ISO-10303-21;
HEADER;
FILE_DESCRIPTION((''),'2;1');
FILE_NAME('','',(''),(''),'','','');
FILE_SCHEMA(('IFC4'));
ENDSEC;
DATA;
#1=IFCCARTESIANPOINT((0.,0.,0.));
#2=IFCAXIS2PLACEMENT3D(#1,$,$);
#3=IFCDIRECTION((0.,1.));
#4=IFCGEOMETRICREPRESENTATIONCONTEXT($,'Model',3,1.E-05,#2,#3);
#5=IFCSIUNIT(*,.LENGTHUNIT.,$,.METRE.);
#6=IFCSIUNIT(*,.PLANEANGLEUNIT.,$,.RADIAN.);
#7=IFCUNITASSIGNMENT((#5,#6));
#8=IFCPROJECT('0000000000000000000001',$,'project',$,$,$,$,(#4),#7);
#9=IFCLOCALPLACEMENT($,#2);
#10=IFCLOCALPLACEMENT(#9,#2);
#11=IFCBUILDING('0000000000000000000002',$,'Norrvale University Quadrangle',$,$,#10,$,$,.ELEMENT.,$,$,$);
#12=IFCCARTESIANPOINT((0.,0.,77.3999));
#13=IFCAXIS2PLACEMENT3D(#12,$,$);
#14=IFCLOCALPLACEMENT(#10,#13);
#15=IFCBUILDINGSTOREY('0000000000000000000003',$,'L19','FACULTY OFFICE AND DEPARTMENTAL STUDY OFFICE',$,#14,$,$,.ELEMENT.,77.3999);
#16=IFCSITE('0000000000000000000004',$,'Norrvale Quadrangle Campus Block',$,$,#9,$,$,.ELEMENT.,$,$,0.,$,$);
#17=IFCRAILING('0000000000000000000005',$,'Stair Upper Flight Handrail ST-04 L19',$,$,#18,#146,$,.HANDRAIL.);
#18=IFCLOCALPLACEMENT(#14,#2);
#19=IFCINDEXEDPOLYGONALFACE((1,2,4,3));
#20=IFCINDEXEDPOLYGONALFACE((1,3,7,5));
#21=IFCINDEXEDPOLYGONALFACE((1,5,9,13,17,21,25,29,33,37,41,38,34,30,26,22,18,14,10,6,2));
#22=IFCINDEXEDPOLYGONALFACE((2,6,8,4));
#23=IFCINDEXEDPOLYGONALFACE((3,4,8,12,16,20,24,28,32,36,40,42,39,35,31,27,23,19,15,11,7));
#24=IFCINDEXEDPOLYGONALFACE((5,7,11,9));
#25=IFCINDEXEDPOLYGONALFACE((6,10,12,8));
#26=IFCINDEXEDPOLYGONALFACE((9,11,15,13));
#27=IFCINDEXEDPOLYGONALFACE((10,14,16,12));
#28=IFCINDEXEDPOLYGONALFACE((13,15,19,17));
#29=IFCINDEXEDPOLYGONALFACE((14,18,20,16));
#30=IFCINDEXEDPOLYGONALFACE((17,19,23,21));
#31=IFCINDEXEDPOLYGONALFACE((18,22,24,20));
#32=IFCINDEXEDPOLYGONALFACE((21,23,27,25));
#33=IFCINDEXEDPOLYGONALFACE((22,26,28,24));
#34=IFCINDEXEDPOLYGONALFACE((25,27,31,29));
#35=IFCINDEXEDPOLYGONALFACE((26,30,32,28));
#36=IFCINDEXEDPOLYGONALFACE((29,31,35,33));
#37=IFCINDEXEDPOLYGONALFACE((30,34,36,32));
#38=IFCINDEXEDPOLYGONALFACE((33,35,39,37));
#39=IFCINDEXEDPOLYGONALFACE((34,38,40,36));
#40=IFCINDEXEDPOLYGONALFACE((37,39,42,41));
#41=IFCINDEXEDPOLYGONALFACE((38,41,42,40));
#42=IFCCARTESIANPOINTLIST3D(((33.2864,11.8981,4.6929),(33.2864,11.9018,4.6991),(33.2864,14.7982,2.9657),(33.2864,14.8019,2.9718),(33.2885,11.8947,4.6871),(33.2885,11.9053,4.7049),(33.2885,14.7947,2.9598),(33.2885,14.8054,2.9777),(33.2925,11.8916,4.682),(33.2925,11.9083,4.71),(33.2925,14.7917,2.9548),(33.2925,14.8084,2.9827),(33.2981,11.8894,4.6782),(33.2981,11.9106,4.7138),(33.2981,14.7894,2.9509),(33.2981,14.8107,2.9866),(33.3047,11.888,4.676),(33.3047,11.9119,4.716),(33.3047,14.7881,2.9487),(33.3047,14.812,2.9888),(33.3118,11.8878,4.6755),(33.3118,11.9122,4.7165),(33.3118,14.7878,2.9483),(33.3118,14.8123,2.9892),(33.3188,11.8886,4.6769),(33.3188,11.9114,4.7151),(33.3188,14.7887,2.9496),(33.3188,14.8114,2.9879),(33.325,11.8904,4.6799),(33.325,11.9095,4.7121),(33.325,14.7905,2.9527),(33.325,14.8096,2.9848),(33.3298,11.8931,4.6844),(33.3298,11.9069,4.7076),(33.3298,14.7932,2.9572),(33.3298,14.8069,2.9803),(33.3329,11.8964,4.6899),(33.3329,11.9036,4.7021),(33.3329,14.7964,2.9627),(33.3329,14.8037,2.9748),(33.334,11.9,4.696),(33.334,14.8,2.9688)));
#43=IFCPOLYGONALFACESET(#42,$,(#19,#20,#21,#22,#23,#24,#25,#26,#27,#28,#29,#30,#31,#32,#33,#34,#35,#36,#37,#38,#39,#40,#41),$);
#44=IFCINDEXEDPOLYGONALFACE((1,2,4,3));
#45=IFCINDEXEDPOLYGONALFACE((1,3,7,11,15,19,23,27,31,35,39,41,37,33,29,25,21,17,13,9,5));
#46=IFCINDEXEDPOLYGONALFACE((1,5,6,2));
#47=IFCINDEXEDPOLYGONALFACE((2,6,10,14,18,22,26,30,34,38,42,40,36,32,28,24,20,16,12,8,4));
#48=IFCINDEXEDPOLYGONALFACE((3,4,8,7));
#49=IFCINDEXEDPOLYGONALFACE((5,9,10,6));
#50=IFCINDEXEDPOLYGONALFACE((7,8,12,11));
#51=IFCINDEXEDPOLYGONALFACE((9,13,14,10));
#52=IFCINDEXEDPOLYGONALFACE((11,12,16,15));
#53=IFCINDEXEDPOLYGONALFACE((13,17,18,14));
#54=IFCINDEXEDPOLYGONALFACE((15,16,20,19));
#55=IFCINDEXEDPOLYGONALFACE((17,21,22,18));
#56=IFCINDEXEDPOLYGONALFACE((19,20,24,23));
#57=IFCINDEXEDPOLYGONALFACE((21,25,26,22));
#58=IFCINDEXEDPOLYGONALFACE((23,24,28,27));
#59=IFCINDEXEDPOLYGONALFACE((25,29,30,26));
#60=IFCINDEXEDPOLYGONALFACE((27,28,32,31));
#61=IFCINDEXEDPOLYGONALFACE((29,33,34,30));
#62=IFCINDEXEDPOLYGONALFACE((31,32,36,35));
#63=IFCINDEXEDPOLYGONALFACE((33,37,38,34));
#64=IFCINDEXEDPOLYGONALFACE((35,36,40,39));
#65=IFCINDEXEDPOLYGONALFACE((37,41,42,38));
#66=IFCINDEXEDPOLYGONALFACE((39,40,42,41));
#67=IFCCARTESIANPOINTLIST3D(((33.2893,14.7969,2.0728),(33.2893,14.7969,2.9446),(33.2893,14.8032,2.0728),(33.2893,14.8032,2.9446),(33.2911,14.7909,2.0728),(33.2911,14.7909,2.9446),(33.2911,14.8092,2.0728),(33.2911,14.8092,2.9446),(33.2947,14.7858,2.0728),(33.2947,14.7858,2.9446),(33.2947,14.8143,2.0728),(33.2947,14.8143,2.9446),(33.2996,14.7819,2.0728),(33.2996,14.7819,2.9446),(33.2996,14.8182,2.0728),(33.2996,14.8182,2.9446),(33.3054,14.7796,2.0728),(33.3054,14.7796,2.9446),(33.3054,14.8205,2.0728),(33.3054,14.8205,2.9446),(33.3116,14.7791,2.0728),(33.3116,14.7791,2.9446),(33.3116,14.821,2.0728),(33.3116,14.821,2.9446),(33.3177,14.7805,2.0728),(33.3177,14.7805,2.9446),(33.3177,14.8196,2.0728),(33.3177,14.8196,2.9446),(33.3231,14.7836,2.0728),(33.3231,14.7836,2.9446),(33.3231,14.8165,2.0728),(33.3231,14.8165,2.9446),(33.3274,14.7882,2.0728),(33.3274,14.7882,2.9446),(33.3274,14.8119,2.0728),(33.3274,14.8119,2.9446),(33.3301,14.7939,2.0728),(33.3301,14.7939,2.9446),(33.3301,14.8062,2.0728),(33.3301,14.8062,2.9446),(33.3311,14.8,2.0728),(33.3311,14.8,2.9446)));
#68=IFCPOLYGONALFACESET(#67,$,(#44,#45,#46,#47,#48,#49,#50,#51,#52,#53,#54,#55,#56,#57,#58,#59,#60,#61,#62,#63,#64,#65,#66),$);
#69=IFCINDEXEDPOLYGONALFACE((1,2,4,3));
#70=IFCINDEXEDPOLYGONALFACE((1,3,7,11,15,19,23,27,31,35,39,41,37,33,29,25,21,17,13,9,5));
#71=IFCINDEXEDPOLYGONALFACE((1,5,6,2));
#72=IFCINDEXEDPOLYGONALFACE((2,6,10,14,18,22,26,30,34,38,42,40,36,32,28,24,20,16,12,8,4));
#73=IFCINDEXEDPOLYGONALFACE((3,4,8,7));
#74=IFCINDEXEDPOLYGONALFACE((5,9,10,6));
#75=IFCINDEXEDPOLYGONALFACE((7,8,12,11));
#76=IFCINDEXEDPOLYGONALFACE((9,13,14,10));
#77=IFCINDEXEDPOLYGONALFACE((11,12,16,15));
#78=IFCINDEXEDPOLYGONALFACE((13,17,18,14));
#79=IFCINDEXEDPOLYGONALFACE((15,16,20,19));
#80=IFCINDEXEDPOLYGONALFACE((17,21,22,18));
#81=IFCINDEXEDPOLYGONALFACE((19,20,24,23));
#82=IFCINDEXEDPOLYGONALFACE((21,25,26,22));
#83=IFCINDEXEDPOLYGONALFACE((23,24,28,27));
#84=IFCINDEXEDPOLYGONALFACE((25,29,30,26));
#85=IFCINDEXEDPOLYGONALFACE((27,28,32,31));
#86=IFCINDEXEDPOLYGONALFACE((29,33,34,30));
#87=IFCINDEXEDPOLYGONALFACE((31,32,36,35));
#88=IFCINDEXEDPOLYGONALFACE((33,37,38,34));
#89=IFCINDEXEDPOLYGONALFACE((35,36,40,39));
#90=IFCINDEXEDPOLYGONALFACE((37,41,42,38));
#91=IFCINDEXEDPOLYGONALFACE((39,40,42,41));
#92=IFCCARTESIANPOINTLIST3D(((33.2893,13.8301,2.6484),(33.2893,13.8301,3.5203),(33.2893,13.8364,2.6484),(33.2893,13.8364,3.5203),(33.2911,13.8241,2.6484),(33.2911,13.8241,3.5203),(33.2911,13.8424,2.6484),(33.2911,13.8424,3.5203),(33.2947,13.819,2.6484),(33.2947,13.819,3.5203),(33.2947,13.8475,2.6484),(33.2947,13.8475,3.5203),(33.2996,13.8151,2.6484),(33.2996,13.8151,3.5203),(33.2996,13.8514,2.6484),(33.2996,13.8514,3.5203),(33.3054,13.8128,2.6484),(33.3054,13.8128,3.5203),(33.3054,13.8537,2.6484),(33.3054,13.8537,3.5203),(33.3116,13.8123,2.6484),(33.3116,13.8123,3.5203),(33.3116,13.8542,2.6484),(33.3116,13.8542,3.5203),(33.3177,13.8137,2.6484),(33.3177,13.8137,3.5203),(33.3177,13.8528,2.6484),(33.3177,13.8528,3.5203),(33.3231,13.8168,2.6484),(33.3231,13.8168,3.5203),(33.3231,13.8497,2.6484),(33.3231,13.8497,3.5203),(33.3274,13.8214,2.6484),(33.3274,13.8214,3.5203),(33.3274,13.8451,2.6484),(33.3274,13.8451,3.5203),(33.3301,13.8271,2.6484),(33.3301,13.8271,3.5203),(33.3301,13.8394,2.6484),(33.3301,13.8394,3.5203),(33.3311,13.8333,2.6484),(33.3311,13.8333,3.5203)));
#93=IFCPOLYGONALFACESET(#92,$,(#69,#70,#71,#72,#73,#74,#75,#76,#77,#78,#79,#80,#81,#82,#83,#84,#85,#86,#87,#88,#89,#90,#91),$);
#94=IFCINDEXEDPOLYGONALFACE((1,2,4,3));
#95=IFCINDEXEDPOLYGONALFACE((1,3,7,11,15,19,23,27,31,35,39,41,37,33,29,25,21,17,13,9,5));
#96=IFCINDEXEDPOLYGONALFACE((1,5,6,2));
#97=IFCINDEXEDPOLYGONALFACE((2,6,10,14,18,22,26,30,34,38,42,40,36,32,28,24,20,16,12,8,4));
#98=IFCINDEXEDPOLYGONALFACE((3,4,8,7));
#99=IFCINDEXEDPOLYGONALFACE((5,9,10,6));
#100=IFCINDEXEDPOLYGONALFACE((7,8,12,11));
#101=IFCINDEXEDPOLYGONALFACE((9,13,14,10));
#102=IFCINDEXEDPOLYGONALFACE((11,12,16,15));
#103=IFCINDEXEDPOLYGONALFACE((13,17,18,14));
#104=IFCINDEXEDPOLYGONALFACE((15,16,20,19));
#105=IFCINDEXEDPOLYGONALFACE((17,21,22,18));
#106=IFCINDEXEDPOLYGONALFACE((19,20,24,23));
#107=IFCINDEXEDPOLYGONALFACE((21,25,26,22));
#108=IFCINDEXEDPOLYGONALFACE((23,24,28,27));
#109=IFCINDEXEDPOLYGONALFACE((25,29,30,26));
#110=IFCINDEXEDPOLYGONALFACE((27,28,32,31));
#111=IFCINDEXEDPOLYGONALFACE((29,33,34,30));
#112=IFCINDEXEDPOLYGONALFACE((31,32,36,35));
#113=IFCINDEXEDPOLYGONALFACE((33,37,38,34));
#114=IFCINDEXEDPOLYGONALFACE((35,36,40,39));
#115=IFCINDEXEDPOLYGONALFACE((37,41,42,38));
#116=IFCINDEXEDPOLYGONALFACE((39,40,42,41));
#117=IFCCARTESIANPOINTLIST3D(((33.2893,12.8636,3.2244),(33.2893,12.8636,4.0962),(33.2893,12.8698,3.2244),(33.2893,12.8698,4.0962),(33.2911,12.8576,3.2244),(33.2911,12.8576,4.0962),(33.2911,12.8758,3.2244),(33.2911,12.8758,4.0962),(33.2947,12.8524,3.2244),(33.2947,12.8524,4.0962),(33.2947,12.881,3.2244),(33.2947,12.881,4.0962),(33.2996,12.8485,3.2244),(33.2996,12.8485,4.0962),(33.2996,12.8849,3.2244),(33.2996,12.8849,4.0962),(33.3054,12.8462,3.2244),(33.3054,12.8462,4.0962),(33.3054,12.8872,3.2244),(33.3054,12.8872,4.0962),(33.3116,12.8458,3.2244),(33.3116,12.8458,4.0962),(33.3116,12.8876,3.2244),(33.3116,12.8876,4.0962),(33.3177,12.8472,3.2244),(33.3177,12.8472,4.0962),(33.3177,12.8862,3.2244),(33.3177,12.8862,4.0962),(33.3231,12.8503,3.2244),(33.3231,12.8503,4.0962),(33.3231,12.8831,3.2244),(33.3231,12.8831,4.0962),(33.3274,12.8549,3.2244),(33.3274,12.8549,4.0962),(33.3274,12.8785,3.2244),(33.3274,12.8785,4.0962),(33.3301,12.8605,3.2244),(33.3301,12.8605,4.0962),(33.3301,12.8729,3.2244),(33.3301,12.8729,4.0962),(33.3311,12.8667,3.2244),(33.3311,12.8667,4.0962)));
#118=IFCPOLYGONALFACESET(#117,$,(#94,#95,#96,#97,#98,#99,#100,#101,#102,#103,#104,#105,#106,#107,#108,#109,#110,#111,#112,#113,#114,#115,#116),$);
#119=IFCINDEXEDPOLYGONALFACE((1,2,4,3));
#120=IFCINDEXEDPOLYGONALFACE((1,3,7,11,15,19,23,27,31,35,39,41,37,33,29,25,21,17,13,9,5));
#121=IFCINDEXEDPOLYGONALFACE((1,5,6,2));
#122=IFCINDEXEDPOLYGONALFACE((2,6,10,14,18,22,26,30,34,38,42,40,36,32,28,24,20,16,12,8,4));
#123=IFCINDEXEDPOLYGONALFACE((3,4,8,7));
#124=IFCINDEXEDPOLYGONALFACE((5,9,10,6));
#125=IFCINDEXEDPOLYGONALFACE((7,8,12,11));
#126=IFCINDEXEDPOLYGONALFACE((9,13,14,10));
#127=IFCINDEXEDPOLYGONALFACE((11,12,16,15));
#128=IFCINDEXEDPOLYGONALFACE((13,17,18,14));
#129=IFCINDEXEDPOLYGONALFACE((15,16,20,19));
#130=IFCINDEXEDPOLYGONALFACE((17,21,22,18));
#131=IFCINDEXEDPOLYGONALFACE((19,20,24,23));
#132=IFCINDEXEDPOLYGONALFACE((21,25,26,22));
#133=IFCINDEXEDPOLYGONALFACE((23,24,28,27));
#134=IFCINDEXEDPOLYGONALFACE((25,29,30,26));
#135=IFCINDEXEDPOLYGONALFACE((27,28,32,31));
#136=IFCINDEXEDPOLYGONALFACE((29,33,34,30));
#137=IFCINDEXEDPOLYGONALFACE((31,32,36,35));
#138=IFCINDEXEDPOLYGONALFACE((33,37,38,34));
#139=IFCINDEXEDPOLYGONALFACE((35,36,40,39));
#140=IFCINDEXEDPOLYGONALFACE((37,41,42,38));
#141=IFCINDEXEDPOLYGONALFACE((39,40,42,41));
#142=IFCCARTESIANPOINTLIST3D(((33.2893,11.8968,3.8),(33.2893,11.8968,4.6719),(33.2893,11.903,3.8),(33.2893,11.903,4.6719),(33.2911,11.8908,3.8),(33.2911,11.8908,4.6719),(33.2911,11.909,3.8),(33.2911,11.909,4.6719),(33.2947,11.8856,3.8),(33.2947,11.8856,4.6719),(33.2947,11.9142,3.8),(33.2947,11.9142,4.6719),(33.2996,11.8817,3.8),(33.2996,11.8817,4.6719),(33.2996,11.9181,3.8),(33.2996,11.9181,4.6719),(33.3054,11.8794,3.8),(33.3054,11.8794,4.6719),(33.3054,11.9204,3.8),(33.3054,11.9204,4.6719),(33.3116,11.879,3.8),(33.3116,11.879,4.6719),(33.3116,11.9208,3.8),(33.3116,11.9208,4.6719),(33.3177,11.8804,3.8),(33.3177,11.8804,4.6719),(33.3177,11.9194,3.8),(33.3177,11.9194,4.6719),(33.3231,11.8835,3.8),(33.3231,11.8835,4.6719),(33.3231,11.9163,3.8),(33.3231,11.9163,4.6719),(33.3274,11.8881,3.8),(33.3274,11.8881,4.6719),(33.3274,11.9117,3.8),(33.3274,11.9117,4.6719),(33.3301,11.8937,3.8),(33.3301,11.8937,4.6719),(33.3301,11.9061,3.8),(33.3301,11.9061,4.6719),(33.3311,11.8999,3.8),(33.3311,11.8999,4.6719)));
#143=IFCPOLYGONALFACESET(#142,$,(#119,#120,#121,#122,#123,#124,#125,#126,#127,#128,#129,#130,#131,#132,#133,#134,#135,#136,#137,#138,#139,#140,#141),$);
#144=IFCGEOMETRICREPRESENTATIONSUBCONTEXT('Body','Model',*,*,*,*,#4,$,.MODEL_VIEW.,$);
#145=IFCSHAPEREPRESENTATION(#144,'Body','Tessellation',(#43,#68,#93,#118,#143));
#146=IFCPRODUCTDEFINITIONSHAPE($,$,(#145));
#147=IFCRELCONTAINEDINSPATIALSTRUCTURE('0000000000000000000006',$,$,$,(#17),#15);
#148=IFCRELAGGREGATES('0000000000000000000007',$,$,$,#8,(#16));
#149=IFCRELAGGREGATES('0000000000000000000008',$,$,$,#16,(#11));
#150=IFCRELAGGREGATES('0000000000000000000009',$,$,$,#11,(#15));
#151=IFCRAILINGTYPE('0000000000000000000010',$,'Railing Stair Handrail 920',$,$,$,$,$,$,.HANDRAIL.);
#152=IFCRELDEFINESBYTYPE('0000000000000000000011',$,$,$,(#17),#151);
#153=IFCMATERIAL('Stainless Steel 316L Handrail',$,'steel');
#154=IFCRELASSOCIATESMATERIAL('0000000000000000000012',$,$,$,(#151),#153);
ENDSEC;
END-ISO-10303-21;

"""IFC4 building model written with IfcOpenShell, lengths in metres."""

from ifc_helpers import new_model, si_unit, direction, frame, origin, origin_2d, place, context, subcontext, project, spatial, circle, extrude, material, type_object, element, save


model = new_model("IFC4")

# Units and contexts
model_context = context("Model", 3, precision=1e-05, world=origin(), true_north=direction((0.0, 1.0)))
body_context = subcontext(model_context, "Body", "Model", "MODEL_VIEW")
ifc_project = project(units=[si_unit("LENGTHUNIT", "METRE"), si_unit("PLANEANGLEUNIT", "RADIAN")], contexts=[model_context])

# Site, building, storey
site_placement = place(None, origin())
site = spatial("IfcSite", under=ifc_project, at=site_placement, Name="Norrvale Quadrangle Campus Block", CompositionType="ELEMENT", RefElevation=0.0)
building_placement = place(site_placement, origin())
building = spatial("IfcBuilding", under=site, at=building_placement, Name="Norrvale University Quadrangle", CompositionType="ELEMENT")
storey_placement = place(building_placement, frame((0.0, 0.0, 77.3999)))
storey = spatial("IfcBuildingStorey", under=building, at=storey_placement, Name="L19", Description="FACULTY OFFICE AND DEPARTMENTAL STUDY OFFICE", CompositionType="ELEMENT", Elevation=77.3999)

# Railing
ifc_material_1 = material(Name="Stainless Steel 316L Handrail", Category="steel")
railing_type_1 = type_object("IfcRailingType", Name="Railing Stair Handrail 920", PredefinedType="HANDRAIL", material=ifc_material_1)
railing_1_placement = place(storey_placement, frame((33.3101, 14.8, 2.0728)))
element("IfcRailing", 1, at=railing_1_placement, inside=storey, type_object=railing_type_1, Name="Stair Upper Flight Handrail ST-04 L19", PredefinedType="HANDRAIL", context=body_context, shape_type="SweptSolid", body=[
    extrude(circle(Radius=0.0239, at=origin_2d()), frame((0.0, 0.0, 0.896), z_axis=(0.0, -0.85916, 0.511706), x_axis=(1.0, 0.0, 0.0)), (0.0, 0.0, 1.0), 3.3755),
    extrude(circle(Radius=0.021, at=origin_2d()), origin(), (0.0, 0.0, 1.0), 0.8718),
    extrude(circle(Radius=0.021, at=origin_2d()), frame((0.0, -0.9668, 0.5757)), (0.0, 0.0, 1.0), 0.8718),
    extrude(circle(Radius=0.021, at=origin_2d()), frame((0.0, -1.9333, 1.1516)), (0.0, 0.0, 1.0), 0.8718),
    extrude(circle(Radius=0.021, at=origin_2d()), frame((0.0, -2.9001, 1.7273)), (0.0, 0.0, 1.0), 0.8718),
])

save(model, "model.ifc")
